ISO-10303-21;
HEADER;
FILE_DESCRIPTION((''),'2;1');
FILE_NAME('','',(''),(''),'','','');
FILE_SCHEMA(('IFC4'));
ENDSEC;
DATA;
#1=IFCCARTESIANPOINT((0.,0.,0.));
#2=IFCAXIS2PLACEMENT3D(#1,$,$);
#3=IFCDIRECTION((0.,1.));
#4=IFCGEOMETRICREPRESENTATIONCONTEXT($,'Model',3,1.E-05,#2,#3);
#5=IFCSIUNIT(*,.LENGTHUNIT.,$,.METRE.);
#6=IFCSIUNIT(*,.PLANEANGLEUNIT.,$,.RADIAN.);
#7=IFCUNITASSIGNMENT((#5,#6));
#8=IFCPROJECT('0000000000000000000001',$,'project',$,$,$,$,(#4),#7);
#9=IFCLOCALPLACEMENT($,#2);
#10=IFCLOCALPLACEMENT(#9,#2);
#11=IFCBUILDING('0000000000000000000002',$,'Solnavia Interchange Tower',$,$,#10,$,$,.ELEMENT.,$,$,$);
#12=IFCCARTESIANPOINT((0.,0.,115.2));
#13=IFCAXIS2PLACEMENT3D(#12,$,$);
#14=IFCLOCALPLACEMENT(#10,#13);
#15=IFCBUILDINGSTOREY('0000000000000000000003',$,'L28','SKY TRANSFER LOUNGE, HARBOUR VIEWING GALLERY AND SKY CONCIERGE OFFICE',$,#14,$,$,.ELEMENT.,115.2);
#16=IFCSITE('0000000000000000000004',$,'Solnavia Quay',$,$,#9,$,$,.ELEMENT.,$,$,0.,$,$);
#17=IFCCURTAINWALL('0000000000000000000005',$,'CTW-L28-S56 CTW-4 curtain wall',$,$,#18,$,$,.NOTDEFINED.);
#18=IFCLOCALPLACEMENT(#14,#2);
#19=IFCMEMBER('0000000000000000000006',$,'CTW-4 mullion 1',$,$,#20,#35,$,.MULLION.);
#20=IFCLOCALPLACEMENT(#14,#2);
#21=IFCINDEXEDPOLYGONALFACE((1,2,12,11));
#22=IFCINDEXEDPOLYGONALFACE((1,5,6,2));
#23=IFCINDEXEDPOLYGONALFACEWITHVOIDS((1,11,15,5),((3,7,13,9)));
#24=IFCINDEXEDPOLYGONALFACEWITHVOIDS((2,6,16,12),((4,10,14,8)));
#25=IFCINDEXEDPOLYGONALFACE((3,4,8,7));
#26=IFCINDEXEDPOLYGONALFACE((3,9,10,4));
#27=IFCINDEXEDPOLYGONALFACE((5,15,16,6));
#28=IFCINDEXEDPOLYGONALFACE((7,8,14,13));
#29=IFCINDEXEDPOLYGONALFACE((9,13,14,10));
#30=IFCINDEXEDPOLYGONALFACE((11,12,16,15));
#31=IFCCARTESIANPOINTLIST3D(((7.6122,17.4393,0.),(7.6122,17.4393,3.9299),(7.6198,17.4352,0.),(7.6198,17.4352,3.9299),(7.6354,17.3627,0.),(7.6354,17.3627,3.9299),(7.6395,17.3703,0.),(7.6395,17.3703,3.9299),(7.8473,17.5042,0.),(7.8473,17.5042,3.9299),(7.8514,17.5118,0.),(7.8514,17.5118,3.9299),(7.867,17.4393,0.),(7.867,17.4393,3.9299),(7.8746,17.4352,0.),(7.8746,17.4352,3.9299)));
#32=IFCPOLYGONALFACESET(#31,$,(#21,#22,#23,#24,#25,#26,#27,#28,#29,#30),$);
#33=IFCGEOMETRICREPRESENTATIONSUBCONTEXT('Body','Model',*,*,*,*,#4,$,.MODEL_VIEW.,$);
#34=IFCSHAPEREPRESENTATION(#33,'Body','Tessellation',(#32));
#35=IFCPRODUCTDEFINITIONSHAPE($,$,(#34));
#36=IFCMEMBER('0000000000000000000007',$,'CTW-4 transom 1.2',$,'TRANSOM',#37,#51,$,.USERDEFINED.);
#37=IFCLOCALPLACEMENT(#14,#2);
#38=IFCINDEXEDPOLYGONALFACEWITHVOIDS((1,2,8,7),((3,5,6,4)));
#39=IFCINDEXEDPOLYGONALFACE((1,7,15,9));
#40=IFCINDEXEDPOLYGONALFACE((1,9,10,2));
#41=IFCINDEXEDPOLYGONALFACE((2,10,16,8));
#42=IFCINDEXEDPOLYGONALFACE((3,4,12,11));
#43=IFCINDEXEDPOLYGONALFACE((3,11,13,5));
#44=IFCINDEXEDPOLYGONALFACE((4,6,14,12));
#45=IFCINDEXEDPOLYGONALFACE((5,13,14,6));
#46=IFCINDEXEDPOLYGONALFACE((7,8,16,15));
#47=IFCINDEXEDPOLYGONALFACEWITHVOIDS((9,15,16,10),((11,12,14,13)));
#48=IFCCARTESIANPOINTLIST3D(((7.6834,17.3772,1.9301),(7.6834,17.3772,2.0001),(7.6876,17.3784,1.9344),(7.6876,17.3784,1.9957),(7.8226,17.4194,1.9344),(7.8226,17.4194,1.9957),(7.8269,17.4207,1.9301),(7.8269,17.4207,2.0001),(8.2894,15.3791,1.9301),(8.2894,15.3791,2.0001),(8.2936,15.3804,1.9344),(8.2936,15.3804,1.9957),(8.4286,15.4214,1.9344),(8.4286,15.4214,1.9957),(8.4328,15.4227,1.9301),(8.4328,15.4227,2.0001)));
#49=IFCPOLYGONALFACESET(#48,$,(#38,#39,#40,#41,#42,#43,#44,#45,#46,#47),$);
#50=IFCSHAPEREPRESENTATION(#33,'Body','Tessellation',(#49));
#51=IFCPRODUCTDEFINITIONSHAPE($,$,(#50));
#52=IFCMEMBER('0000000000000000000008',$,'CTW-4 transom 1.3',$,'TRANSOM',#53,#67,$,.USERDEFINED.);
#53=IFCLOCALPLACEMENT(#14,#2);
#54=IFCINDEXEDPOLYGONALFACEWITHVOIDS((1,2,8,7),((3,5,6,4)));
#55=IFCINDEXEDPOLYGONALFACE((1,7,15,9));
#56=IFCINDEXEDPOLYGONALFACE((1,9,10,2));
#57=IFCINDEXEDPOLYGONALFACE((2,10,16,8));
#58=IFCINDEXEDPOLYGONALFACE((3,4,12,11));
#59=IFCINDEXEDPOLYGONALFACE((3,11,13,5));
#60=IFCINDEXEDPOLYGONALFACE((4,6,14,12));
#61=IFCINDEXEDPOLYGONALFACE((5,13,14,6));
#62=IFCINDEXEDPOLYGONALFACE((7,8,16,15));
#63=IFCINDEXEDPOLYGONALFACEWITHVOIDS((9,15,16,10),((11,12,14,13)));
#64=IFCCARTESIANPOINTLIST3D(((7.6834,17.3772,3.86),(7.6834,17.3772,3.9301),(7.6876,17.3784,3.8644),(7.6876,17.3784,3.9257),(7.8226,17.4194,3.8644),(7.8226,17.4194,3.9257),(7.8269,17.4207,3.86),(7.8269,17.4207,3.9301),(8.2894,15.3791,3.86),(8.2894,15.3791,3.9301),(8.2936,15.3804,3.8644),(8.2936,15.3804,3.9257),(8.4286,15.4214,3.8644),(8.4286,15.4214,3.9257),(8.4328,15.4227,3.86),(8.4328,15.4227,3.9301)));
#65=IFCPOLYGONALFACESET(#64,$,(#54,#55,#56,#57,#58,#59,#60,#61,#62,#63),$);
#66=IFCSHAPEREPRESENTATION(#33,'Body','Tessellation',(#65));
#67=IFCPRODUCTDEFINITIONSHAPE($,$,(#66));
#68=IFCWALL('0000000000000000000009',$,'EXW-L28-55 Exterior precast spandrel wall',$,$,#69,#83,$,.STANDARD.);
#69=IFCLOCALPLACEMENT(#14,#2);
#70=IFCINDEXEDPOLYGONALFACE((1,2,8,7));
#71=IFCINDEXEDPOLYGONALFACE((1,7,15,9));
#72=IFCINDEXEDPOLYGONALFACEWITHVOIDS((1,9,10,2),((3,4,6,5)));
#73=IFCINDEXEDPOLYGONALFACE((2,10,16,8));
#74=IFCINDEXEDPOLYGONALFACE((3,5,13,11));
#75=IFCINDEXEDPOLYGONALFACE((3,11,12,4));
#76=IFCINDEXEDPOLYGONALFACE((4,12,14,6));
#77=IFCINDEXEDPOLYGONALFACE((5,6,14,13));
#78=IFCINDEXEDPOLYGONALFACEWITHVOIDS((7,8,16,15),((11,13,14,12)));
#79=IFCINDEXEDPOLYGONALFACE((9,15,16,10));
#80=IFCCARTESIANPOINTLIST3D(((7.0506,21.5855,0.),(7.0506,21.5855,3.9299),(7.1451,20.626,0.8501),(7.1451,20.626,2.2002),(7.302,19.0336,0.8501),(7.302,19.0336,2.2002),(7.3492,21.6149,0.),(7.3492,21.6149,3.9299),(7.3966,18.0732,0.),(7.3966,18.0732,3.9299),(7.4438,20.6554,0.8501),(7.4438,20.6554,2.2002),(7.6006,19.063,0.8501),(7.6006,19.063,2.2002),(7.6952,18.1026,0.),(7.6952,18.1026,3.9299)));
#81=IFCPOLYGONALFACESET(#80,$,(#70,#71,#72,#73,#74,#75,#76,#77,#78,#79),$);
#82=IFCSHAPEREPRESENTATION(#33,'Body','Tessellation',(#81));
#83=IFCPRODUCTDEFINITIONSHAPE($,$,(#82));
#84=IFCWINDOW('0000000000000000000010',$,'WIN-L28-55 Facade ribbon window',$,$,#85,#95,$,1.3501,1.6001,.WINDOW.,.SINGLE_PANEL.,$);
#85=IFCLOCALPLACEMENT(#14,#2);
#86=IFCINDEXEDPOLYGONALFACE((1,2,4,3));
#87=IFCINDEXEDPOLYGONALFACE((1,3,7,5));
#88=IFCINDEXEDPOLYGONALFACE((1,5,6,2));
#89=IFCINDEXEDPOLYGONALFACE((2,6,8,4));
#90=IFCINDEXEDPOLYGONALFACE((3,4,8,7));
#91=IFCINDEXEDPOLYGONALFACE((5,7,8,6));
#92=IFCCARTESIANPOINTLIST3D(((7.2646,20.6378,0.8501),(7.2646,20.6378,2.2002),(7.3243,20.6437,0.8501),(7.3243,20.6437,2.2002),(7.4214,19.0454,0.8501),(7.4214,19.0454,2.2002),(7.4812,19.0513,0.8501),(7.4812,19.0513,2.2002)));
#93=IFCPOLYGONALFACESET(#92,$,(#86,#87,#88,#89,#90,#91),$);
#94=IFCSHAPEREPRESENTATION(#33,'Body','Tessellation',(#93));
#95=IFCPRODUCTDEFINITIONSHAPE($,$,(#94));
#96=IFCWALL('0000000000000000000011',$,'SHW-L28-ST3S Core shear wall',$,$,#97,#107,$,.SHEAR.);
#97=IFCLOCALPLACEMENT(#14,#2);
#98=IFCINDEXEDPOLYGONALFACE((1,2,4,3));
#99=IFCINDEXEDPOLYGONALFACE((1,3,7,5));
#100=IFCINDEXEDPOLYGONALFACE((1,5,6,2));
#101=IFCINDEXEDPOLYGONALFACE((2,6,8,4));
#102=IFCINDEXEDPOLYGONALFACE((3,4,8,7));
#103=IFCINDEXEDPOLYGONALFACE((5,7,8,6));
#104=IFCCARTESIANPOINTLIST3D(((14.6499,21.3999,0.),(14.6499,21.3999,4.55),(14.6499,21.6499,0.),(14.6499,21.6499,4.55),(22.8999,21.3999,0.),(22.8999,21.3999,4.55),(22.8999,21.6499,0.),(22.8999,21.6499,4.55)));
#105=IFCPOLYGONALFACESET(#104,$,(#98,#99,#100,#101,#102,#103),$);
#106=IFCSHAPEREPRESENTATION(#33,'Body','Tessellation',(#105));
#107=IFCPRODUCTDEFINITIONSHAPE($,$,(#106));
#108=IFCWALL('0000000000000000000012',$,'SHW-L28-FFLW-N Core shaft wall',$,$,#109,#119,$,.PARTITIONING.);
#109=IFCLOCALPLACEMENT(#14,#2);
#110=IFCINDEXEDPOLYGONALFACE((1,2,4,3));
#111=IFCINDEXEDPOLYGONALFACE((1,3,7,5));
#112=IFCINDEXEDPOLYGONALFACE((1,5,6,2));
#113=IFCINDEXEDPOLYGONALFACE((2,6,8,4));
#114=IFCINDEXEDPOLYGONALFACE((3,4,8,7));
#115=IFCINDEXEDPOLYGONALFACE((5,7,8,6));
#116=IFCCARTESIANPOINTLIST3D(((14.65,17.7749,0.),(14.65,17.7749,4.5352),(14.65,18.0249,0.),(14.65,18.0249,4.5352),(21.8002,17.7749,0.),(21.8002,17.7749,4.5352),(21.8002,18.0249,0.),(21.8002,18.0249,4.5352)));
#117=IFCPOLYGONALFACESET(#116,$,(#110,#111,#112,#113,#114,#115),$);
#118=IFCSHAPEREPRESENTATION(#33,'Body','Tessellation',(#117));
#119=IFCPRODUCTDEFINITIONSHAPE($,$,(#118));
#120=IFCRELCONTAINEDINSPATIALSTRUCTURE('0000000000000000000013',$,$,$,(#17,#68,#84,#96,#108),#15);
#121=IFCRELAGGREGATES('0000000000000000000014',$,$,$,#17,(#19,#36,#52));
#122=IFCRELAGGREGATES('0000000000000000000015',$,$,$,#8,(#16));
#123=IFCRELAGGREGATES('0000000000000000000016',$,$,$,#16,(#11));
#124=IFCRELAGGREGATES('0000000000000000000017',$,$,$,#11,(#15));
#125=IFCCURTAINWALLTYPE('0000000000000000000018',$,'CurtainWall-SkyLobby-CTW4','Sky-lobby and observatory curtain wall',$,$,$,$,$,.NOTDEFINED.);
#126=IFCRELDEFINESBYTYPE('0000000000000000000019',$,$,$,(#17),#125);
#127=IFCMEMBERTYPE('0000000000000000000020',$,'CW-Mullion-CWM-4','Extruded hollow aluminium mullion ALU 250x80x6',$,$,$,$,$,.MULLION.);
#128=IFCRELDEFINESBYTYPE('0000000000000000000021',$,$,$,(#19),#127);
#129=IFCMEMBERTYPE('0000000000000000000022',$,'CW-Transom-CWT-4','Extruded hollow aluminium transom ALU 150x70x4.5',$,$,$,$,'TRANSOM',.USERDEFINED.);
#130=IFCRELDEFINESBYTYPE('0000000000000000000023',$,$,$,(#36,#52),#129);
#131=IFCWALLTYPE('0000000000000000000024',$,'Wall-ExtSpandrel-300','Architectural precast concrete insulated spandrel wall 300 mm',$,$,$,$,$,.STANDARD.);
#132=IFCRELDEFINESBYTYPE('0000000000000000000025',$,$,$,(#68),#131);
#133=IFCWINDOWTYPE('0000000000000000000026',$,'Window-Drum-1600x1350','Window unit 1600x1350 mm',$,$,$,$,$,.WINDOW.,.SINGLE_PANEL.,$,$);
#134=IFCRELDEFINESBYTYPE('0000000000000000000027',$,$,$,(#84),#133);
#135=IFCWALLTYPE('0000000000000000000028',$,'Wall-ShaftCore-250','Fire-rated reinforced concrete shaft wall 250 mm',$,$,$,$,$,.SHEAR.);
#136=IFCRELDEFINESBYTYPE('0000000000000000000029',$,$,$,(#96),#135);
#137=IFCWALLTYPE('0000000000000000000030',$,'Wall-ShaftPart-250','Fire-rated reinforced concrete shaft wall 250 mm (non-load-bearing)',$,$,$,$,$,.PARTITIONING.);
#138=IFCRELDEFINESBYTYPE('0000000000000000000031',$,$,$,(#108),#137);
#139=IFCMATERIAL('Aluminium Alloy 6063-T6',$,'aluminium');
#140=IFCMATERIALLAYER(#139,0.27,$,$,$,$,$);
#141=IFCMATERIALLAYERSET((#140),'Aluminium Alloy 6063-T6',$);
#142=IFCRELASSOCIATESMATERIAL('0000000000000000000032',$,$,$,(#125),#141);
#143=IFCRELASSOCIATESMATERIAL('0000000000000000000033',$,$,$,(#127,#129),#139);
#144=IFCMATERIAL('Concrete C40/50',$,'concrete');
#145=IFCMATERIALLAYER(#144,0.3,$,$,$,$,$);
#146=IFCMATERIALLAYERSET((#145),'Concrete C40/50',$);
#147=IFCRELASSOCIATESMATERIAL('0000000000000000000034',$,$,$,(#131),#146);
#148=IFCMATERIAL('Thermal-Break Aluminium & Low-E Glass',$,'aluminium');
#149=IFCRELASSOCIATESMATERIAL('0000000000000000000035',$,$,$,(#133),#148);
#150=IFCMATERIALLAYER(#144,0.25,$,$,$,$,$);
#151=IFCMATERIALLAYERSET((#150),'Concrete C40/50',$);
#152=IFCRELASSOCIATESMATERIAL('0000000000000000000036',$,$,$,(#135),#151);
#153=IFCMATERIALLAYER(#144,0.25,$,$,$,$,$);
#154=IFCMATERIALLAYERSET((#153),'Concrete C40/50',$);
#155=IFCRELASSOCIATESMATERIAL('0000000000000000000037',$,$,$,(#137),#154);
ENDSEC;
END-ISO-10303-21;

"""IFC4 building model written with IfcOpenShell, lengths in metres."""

from ifc_helpers import new_model, si_unit, direction, frame, frame_2d, origin, origin_2d, place, context, subcontext, project, spatial, rectangle, hollow_rectangle, extrude, material, layer, layer_set, material_profile, profile_set, type_object, element, fill, aggregate, save


model = new_model("IFC4")

# Units and contexts
model_context = context("Model", 3, precision=1e-05, world=origin(), true_north=direction((0.0, 1.0)))
body_context = subcontext(model_context, "Body", "Model", "MODEL_VIEW")
ifc_project = project(units=[si_unit("LENGTHUNIT", "METRE"), si_unit("PLANEANGLEUNIT", "RADIAN")], contexts=[model_context])

# Site, building, storey
site_placement = place(None, origin())
site = spatial("IfcSite", under=ifc_project, at=site_placement, Name="Solnavia Quay", CompositionType="ELEMENT", RefElevation=0.0)
building_placement = place(site_placement, origin())
building = spatial("IfcBuilding", under=site, at=building_placement, Name="Solnavia Interchange Tower", CompositionType="ELEMENT")
storey_placement = place(building_placement, frame((0.0, 0.0, 115.2)))
storey = spatial("IfcBuildingStorey", under=building, at=storey_placement, Name="L28", Description="SKY TRANSFER LOUNGE, HARBOUR VIEWING GALLERY AND SKY CONCIERGE OFFICE", CompositionType="ELEMENT", Elevation=115.2)

# Shared definitions
ifc_material_1 = material(Name="Aluminium Alloy 6063-T6", Category="aluminium")
ifc_layer_1 = layer(ifc_material_1, 0.27)
ifc_layer_set_1 = layer_set([ifc_layer_1], Name="Aluminium Alloy 6063-T6")
curtain_wall_type = type_object("IfcCurtainWallType", Name="CurtainWall-SkyLobby-CTW4", Description="Sky-lobby and observatory curtain wall", PredefinedType="NOTDEFINED", material=ifc_layer_set_1)
ifc_material_profile_1 = material_profile(ifc_material_1, hollow_rectangle(XDim=0.0801, YDim=0.25, WallThickness=0.0061, at=origin_2d()), Name="ALU 250x80x6")
ifc_profile_set_1 = profile_set([ifc_material_profile_1], Name="Aluminium Alloy 6063-T6")
member_type_1 = type_object("IfcMemberType", Name="CW-Mullion-CWM-4", Description="Extruded hollow aluminium mullion ALU 250x80x6", PredefinedType="MULLION", material=ifc_profile_set_1)

# Curtain wall, members
curtain_wall_1_placement = place(storey_placement, origin())
curtain_wall_1 = element("IfcCurtainWall", 1, at=curtain_wall_1_placement, inside=storey, type_object=curtain_wall_type, Name="CTW-L28-S56 CTW-4 curtain wall", PredefinedType="NOTDEFINED")
member_1_placement = place(storey_placement, frame((7.7434, 17.4373, 0.0), z_axis=(0.0, 0.0, 1.0), x_axis=(0.29022, -0.95696, 0.0)))
member_1 = element("IfcMember", 2, at=member_1_placement, type_object=member_type_1, Name="CTW-4 mullion 1", PredefinedType="MULLION", context=body_context, shape_type="SweptSolid", body=[
    extrude(hollow_rectangle(XDim=0.0801, YDim=0.25, WallThickness=0.0061, at=origin_2d()), origin(), (0.0, 0.0, 1.0), 3.9299),
])
ifc_material_profile_2 = material_profile(ifc_material_1, hollow_rectangle(XDim=0.0701, YDim=0.1499, WallThickness=0.0044, at=origin_2d()), Name="ALU 150x70x4.5")
ifc_profile_set_2 = profile_set([ifc_material_profile_2], Name="Aluminium Alloy 6063-T6")
member_type_2 = type_object("IfcMemberType", Name="CW-Transom-CWT-4", Description="Extruded hollow aluminium transom ALU 150x70x4.5", ElementType="TRANSOM", PredefinedType="USERDEFINED", material=ifc_profile_set_2)
member_2_placement = place(storey_placement, frame((7.7551, 17.3989, 1.9651), z_axis=(0.290222, -0.956959, 0.0), x_axis=(0.0, 0.0, 1.0)))
member_2 = element("IfcMember", 3, at=member_2_placement, type_object=member_type_2, Name="CTW-4 transom 1.2", ObjectType="TRANSOM", PredefinedType="USERDEFINED", context=body_context, shape_type="SweptSolid", body=[
    extrude(hollow_rectangle(XDim=0.0701, YDim=0.1499, WallThickness=0.0044, at=origin_2d()), origin(), (0.0, 0.0, 1.0), 2.0879),
])
member_3_placement = place(storey_placement, frame((7.7551, 17.3989, 3.895), z_axis=(0.290222, -0.956959, 0.0), x_axis=(0.0, 0.0, 1.0)))
member_3 = element("IfcMember", 4, at=member_3_placement, type_object=member_type_2, Name="CTW-4 transom 1.3", ObjectType="TRANSOM", PredefinedType="USERDEFINED", context=body_context, shape_type="SweptSolid", body=[
    extrude(hollow_rectangle(XDim=0.0701, YDim=0.1499, WallThickness=0.0044, at=origin_2d()), origin(), (0.0, 0.0, 1.0), 2.0879),
])
aggregate(curtain_wall_1, [member_1, member_2, member_3])

# Wall, opening, window
ifc_material_2 = material(Name="Concrete C40/50", Category="concrete")
ifc_layer_2 = layer(ifc_material_2, 0.3)
ifc_layer_set_2 = layer_set([ifc_layer_2], Name="Concrete C40/50")
wall_type_1 = type_object("IfcWallType", Name="Wall-ExtSpandrel-300", Description="Architectural precast concrete insulated spandrel wall 300 mm", PredefinedType="STANDARD", material=ifc_layer_set_2)
wall_1_placement = place(storey_placement, frame((7.5459, 18.0879, 0.0), z_axis=(0.0, 0.0, 1.0), x_axis=(-0.098024, 0.995184, 0.0)))
wall_1 = element("IfcWall", 5, at=wall_1_placement, inside=storey, type_object=wall_type_1, Name="EXW-L28-55 Exterior precast spandrel wall", PredefinedType="STANDARD", context=body_context, shape_type="SweptSolid", body=[
    extrude(rectangle(XDim=3.5293, YDim=0.3, at=frame_2d((1.7646, 0.0))), origin(), (0.0, 0.0, 1.0), 3.9299),
])
opening_1_placement = place(wall_1_placement, frame((0.9651, 0.0, 0.8501)))
opening_1 = element("IfcOpeningElement", 6, at=opening_1_placement, cuts=wall_1, PredefinedType="OPENING", context=body_context, shape_type="SweptSolid", body=[
    extrude(rectangle(XDim=1.6001, YDim=1.3501, at=frame_2d((0.8, 0.675))), frame((0.0, 0.1602, 0.0), z_axis=(0.0, -1.0, 0.0), x_axis=(1.0, 0.0, 0.0)), (0.0, 0.0, 1.0), 0.3201),
])
ifc_material_3 = material(Name="Thermal-Break Aluminium & Low-E Glass", Category="aluminium")
window_type = type_object("IfcWindowType", Name="Window-Drum-1600x1350", Description="Window unit 1600x1350 mm", PartitioningType="SINGLE_PANEL", PredefinedType="WINDOW", material=ifc_material_3)
window_placement = place(opening_1_placement, origin())
window = element("IfcWindow", 7, at=window_placement, inside=storey, type_object=window_type, Name="WIN-L28-55 Facade ribbon window", OverallHeight=1.3501, OverallWidth=1.6001, PartitioningType="SINGLE_PANEL", PredefinedType="WINDOW", context=body_context, shape_type="SweptSolid", body=[
    extrude(rectangle(XDim=1.6001, YDim=1.3501, at=frame_2d((0.8, 0.675))), frame((0.0, 0.03, 0.0), z_axis=(0.0, -1.0, 0.0), x_axis=(1.0, 0.0, 0.0)), (0.0, 0.0, 1.0), 0.0601),
])
fill(opening_1, window)

# Walls
ifc_layer_3 = layer(ifc_material_2, 0.25)
ifc_layer_set_3 = layer_set([ifc_layer_3], Name="Concrete C40/50")
wall_type_2 = type_object("IfcWallType", Name="Wall-ShaftCore-250", Description="Fire-rated reinforced concrete shaft wall 250 mm", PredefinedType="SHEAR", material=ifc_layer_set_3)
wall_2_placement = place(storey_placement, frame((14.6499, 21.5249, 0.0), z_axis=(0.0, 0.0, 1.0), x_axis=(1.0, 0.0, 0.0)))
element("IfcWall", 8, at=wall_2_placement, inside=storey, type_object=wall_type_2, Name="SHW-L28-ST3S Core shear wall", PredefinedType="SHEAR", context=body_context, shape_type="SweptSolid", body=[
    extrude(rectangle(XDim=8.25, YDim=0.25, at=frame_2d((4.125, 0.0))), origin(), (0.0, 0.0, 1.0), 4.55),
])
ifc_layer_4 = layer(ifc_material_2, 0.25)
ifc_layer_set_4 = layer_set([ifc_layer_4], Name="Concrete C40/50")
wall_type_3 = type_object("IfcWallType", Name="Wall-ShaftPart-250", Description="Fire-rated reinforced concrete shaft wall 250 mm (non-load-bearing)", PredefinedType="PARTITIONING", material=ifc_layer_set_4)
wall_3_placement = place(storey_placement, frame((14.6499, 17.8999, 0.0), z_axis=(0.0, 0.0, 1.0), x_axis=(1.0, 0.0, 0.0)))
element("IfcWall", 9, at=wall_3_placement, inside=storey, type_object=wall_type_3, Name="SHW-L28-FFLW-N Core shaft wall", PredefinedType="PARTITIONING", context=body_context, shape_type="SweptSolid", body=[
    extrude(rectangle(XDim=7.1501, YDim=0.25, at=frame_2d((3.5752, 0.0))), origin(), (0.0, 0.0, 1.0), 4.5352),
])

save(model, "model.ifc")
